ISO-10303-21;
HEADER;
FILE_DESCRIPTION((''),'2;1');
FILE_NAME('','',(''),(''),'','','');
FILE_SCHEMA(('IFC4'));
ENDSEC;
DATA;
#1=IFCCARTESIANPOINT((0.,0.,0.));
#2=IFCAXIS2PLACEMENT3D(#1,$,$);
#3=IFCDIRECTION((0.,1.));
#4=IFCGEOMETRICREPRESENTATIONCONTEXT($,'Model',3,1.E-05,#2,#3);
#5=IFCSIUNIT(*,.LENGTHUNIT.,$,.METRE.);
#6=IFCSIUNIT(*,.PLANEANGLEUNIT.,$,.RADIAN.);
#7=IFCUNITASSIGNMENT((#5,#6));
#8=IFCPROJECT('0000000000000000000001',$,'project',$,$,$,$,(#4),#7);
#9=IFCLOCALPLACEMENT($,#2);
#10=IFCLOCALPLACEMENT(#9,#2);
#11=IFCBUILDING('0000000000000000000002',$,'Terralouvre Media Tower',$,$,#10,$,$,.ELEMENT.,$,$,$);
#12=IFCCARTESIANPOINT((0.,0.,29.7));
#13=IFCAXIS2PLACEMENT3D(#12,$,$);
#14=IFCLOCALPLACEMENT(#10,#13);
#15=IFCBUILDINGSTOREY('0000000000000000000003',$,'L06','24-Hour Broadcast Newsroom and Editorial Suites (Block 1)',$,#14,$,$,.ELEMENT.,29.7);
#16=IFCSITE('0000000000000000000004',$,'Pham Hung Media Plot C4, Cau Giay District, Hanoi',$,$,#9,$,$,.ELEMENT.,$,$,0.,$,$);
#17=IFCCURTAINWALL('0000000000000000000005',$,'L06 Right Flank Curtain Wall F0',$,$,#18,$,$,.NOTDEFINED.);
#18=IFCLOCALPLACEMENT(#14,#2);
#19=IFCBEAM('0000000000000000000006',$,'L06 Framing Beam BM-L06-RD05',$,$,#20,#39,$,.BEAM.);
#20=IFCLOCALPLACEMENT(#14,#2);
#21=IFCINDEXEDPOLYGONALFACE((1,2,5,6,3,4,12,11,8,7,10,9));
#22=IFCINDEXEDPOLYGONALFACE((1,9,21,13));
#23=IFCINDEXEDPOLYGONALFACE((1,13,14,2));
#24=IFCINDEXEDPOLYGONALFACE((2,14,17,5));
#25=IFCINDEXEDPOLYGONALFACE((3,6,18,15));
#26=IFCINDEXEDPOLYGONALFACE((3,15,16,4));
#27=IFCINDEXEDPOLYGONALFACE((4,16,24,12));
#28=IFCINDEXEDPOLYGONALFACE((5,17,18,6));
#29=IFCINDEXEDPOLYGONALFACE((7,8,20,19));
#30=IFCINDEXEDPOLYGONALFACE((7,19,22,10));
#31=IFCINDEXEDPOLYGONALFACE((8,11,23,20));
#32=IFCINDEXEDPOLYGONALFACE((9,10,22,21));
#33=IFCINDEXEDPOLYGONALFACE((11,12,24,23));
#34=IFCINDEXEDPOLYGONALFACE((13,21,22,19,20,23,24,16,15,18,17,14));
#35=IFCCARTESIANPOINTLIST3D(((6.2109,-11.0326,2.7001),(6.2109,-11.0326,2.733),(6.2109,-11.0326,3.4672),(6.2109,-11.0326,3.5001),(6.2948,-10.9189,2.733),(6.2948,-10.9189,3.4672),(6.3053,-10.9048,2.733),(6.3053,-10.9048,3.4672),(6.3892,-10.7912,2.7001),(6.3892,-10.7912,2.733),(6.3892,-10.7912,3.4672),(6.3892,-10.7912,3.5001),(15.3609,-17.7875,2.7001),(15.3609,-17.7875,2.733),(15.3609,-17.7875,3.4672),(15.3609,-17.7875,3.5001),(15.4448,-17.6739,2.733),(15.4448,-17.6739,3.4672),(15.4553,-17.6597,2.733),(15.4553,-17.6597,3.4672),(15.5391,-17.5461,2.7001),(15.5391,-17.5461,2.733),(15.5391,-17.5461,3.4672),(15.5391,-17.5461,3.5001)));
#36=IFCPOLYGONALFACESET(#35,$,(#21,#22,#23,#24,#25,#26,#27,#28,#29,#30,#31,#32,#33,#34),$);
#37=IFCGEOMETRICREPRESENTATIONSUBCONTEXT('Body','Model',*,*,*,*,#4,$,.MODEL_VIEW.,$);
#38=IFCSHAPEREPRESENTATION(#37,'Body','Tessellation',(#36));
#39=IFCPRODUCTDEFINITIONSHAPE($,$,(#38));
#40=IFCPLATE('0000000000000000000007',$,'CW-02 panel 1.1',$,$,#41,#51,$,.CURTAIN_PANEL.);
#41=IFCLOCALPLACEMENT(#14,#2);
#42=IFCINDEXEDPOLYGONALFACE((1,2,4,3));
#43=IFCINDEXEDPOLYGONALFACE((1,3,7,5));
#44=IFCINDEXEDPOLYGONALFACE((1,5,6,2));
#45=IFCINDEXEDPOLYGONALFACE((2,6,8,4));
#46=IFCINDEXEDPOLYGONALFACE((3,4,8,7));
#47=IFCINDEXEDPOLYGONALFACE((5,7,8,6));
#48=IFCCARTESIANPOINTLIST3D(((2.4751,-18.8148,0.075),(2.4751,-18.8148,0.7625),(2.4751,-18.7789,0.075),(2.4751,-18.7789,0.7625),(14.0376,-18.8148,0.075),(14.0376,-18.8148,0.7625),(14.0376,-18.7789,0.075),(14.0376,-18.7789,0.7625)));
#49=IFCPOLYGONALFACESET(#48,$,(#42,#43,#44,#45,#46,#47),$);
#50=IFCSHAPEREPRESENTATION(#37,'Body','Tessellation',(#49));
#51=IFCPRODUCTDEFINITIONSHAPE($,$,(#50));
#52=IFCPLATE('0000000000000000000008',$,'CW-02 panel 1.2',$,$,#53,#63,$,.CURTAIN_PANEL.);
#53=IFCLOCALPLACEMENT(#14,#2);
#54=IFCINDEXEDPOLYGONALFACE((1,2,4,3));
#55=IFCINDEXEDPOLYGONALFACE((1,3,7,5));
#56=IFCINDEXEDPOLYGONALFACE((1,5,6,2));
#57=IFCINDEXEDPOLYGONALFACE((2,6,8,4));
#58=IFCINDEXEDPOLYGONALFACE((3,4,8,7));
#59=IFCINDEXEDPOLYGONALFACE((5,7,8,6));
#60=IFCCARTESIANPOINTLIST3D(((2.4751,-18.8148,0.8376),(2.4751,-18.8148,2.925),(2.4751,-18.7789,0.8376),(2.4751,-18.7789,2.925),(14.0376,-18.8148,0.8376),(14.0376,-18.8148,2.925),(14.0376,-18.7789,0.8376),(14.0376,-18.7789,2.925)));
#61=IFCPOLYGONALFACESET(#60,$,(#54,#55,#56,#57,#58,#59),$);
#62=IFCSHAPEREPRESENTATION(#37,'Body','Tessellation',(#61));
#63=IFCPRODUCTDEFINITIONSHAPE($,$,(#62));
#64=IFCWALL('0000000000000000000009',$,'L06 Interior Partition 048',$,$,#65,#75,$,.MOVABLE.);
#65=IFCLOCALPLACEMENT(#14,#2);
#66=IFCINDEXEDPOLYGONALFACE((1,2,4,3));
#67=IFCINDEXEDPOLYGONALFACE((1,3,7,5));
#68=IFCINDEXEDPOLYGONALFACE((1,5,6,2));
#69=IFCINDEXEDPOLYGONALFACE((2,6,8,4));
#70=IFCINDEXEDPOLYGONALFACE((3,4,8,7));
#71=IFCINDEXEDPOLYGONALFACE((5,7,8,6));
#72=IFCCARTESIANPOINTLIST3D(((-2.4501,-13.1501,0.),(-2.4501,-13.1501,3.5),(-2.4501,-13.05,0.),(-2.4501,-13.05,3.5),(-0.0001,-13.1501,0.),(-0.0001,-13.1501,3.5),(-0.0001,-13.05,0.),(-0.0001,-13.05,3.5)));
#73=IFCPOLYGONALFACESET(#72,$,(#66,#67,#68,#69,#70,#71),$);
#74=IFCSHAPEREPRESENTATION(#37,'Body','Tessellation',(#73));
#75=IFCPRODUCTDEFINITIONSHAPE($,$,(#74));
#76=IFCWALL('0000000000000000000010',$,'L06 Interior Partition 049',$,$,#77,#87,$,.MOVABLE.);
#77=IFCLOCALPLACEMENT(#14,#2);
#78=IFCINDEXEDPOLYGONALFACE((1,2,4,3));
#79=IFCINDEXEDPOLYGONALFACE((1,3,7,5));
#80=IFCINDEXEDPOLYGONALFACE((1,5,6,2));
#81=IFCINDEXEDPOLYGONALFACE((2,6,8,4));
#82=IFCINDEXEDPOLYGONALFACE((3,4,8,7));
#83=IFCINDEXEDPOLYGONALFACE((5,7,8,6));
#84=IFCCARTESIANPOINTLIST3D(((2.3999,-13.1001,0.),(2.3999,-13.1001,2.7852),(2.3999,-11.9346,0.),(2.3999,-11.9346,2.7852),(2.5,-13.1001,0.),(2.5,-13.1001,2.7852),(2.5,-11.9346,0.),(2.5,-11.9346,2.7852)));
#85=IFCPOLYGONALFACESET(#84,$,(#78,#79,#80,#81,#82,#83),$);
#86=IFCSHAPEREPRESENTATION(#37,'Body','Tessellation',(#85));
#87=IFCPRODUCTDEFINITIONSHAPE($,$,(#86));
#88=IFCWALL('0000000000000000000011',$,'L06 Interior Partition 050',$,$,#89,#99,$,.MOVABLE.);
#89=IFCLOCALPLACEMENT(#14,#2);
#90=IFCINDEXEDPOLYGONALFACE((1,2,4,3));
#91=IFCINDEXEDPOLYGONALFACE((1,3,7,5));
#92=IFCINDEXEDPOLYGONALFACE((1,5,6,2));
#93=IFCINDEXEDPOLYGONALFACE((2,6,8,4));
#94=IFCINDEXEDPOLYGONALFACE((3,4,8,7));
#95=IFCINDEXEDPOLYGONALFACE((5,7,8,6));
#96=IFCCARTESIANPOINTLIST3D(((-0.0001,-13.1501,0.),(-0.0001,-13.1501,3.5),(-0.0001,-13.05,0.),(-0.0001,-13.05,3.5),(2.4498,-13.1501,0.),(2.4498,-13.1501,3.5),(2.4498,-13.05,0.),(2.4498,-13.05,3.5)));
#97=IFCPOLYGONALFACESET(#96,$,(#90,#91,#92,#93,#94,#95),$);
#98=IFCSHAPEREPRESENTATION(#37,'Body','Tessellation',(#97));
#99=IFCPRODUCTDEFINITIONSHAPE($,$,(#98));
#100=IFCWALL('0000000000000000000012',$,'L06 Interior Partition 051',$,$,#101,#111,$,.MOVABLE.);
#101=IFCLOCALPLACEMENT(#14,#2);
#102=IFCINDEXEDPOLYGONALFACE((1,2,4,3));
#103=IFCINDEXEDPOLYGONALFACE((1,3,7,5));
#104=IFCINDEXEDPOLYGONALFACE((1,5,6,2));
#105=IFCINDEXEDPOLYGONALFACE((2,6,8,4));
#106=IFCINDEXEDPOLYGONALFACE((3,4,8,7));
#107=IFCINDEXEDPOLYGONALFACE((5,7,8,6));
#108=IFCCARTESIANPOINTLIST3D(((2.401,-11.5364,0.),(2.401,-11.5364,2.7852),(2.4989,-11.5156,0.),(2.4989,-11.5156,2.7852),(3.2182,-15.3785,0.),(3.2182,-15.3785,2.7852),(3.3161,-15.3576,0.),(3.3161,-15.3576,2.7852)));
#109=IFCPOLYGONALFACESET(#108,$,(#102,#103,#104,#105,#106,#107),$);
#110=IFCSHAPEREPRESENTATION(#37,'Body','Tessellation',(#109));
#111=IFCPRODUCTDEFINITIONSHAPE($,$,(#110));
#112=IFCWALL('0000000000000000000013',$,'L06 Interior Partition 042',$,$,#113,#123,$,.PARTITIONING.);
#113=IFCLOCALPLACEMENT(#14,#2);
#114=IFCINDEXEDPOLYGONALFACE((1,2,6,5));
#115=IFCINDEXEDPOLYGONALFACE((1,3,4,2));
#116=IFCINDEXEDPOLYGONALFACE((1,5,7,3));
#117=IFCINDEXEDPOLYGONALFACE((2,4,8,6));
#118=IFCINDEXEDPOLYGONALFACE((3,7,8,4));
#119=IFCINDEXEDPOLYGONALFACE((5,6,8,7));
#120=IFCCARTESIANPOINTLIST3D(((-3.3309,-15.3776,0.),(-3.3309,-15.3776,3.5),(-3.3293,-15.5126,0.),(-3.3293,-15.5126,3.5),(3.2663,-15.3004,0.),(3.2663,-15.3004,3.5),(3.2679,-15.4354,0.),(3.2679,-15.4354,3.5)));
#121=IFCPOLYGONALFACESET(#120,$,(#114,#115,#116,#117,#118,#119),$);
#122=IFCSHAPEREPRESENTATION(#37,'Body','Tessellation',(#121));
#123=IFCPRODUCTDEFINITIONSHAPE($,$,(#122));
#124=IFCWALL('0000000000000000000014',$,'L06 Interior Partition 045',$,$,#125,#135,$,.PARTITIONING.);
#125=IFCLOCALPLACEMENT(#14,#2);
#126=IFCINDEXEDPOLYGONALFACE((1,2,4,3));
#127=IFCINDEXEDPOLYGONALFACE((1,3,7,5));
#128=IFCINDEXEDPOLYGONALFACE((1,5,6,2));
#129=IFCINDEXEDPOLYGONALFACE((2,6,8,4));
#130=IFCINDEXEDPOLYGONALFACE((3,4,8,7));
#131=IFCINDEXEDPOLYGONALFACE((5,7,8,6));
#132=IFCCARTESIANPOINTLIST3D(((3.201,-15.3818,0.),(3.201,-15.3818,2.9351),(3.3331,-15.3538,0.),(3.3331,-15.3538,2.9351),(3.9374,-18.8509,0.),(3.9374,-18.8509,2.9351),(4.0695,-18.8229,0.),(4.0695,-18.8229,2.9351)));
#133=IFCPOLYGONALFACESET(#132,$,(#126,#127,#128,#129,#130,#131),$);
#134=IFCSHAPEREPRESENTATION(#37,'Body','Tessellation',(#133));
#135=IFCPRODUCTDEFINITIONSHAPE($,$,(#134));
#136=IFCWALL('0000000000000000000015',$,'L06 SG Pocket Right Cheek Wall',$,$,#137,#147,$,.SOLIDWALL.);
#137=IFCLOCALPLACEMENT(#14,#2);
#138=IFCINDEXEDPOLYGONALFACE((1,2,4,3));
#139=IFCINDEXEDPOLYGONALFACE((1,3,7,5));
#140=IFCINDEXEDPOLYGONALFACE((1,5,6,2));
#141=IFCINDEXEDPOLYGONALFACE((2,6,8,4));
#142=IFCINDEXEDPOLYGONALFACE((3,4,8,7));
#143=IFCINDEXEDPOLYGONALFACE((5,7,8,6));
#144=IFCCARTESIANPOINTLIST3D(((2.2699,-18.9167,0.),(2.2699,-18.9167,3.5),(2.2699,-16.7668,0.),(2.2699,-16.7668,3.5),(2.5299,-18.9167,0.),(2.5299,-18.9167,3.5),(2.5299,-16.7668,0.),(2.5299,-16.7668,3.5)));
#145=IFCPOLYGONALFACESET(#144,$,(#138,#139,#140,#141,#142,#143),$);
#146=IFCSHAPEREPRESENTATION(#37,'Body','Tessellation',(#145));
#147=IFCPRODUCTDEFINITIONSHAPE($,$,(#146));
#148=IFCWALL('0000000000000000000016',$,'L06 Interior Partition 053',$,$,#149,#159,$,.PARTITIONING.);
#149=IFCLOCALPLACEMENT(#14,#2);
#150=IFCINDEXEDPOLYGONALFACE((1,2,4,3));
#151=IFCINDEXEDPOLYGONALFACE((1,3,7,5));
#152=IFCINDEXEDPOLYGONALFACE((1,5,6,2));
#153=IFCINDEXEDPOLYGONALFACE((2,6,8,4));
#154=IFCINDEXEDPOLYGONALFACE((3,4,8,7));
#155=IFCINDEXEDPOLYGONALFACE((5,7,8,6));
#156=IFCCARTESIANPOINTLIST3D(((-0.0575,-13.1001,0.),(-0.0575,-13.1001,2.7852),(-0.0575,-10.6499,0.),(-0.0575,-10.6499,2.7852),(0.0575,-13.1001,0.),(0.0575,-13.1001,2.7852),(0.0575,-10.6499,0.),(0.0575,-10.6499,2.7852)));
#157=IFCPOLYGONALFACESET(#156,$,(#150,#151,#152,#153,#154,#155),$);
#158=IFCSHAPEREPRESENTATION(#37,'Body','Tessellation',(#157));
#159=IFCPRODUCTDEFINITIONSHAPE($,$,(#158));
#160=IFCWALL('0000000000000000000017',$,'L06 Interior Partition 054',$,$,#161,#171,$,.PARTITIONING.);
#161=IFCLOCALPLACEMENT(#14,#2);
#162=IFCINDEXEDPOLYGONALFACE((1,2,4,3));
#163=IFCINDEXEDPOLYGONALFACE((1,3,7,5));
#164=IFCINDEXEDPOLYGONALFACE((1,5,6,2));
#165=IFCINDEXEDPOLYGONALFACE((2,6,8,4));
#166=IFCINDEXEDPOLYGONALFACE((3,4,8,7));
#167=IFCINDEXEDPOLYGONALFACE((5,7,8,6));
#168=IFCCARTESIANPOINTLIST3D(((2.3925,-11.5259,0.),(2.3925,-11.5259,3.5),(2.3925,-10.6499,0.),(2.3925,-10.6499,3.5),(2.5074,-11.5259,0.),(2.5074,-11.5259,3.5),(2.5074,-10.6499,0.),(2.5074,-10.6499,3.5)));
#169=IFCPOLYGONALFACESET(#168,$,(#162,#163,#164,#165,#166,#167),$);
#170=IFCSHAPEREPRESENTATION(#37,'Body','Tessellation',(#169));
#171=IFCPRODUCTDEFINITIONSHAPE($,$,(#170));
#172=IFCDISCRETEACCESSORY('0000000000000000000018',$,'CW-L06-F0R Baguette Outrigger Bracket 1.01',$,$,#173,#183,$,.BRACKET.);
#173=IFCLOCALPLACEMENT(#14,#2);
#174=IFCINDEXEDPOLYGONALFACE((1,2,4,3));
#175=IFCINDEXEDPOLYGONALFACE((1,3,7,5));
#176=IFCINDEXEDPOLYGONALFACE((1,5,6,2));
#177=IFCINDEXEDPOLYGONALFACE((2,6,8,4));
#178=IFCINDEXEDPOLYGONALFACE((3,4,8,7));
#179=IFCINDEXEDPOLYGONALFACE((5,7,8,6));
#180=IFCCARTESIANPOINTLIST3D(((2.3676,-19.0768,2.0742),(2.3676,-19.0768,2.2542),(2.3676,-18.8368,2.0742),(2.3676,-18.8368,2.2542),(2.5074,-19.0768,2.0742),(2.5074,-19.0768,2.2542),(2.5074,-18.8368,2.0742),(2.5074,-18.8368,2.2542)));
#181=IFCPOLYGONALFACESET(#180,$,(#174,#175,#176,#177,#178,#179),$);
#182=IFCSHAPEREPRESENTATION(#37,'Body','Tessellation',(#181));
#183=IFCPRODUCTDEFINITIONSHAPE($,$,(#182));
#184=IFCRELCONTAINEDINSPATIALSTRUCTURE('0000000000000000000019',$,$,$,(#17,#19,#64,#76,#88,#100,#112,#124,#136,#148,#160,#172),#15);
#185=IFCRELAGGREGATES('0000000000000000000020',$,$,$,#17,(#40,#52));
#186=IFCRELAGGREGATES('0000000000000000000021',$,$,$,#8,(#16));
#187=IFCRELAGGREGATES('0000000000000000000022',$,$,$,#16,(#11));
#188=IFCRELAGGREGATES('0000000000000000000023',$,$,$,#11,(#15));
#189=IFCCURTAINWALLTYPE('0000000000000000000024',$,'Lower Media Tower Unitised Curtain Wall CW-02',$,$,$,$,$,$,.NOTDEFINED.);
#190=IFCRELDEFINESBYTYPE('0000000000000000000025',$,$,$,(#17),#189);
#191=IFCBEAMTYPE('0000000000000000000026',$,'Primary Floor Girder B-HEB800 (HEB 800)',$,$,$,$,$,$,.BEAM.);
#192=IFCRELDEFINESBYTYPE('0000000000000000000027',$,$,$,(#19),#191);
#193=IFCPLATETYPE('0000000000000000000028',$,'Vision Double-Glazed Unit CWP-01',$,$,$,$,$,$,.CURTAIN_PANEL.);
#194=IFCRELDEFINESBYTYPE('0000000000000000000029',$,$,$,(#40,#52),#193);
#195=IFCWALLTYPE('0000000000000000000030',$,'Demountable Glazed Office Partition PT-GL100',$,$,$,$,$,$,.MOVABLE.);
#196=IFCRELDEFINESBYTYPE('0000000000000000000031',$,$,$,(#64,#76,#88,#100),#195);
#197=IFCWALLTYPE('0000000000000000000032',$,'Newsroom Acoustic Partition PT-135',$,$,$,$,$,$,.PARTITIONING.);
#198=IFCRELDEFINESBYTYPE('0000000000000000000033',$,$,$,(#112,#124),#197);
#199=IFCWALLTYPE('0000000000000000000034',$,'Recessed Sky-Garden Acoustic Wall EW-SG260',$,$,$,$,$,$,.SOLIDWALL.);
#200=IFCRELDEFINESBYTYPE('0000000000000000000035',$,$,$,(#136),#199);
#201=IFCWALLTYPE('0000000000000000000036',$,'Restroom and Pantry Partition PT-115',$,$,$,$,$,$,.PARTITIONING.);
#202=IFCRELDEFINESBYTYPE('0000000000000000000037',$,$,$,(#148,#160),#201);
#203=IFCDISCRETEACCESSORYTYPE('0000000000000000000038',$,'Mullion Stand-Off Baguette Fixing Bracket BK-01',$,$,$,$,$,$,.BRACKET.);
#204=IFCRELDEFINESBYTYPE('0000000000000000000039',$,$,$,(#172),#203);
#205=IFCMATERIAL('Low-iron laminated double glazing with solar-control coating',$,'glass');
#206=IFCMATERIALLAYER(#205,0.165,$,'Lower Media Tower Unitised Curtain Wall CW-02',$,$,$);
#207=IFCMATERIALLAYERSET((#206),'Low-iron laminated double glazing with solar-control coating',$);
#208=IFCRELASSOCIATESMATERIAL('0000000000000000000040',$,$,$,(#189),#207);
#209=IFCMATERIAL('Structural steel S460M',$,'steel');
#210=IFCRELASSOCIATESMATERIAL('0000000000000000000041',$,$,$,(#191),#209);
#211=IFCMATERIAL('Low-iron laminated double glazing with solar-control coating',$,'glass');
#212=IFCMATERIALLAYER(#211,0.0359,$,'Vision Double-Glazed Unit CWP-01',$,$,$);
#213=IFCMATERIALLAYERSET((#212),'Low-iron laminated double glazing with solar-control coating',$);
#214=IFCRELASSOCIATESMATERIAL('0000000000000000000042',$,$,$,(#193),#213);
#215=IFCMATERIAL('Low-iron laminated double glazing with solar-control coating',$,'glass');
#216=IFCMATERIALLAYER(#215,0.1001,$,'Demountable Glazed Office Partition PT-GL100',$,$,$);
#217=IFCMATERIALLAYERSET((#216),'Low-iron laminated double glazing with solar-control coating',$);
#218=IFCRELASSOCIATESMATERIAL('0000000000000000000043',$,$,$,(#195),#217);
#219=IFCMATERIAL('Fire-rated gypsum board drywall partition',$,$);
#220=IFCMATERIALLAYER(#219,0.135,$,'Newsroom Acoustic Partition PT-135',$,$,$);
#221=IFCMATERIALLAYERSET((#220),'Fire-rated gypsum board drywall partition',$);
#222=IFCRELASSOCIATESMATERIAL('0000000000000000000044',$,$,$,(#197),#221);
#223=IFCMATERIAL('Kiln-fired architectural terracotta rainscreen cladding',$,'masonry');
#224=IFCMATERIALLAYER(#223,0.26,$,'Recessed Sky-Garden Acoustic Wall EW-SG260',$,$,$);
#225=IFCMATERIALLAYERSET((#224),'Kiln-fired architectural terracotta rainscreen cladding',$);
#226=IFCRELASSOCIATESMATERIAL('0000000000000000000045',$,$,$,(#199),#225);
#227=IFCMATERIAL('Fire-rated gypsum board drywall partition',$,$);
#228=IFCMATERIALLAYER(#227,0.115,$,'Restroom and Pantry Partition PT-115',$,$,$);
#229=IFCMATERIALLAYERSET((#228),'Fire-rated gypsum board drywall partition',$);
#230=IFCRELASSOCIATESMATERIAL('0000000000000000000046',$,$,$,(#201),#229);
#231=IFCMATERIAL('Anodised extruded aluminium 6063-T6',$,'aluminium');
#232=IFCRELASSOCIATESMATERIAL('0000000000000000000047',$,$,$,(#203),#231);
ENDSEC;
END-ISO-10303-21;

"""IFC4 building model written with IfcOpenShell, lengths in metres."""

from ifc_helpers import new_model, si_unit, direction, frame, frame_2d, origin, origin_2d, place, context, subcontext, project, spatial, rectangle, i_section, extrude, material, layer, layer_set, material_profile, profile_set, type_object, element, aggregate, save


model = new_model("IFC4")

# Units and contexts
model_context = context("Model", 3, precision=1e-05, world=origin(), true_north=direction((0.0, 1.0)))
body_context = subcontext(model_context, "Body", "Model", "MODEL_VIEW")
ifc_project = project(units=[si_unit("LENGTHUNIT", "METRE"), si_unit("PLANEANGLEUNIT", "RADIAN")], contexts=[model_context])

# Site, building, storey
site_placement = place(None, origin())
site = spatial("IfcSite", under=ifc_project, at=site_placement, Name="Pham Hung Media Plot C4, Cau Giay District, Hanoi", CompositionType="ELEMENT", RefElevation=0.0)
building_placement = place(site_placement, origin())
building = spatial("IfcBuilding", under=site, at=building_placement, Name="Terralouvre Media Tower", CompositionType="ELEMENT")
storey_placement = place(building_placement, frame((0.0, 0.0, 29.7)))
storey = spatial("IfcBuildingStorey", under=building, at=storey_placement, Name="L06", Description="24-Hour Broadcast Newsroom and Editorial Suites (Block 1)", CompositionType="ELEMENT", Elevation=29.7)

# Curtain wall
ifc_material_1 = material(Name="Low-iron laminated double glazing with solar-control coating", Category="glass")
ifc_layer_1 = layer(ifc_material_1, 0.165, Name="Lower Media Tower Unitised Curtain Wall CW-02")
ifc_layer_set_1 = layer_set([ifc_layer_1], Name="Low-iron laminated double glazing with solar-control coating")
curtain_wall_type = type_object("IfcCurtainWallType", Name="Lower Media Tower Unitised Curtain Wall CW-02", PredefinedType="NOTDEFINED", material=ifc_layer_set_1)
curtain_wall_placement = place(storey_placement, origin())
curtain_wall = element("IfcCurtainWall", 1, at=curtain_wall_placement, inside=storey, type_object=curtain_wall_type, Name="L06 Right Flank Curtain Wall F0", PredefinedType="NOTDEFINED")

# Beam
ifc_material_2 = material(Name="Structural steel S460M", Category="steel")
ifc_material_profile_1 = material_profile(ifc_material_2, i_section(OverallWidth=0.3, OverallDepth=0.8, WebThickness=0.0176, FlangeThickness=0.033, at=origin_2d()), Name="HEB 800")
ifc_profile_set_1 = profile_set([ifc_material_profile_1], Name="Structural steel S460M")
beam_type_1 = type_object("IfcBeamType", Name="Primary Floor Girder B-HEB800 (HEB 800)", PredefinedType="BEAM", material=ifc_profile_set_1)
beam_1_placement = place(storey_placement, frame((6.3, -10.9119, 3.1001), z_axis=(0.804516, -0.593931, 0.0), x_axis=(0.593931, 0.804516, 0.0)))
element("IfcBeam", 2, at=beam_1_placement, inside=storey, type_object=beam_type_1, Name="L06 Framing Beam BM-L06-RD05", PredefinedType="BEAM", context=body_context, shape_type="SweptSolid", body=[
    extrude(i_section(OverallWidth=0.3, OverallDepth=0.8, WebThickness=0.0176, FlangeThickness=0.033, at=origin_2d()), origin(), (0.0, 0.0, 1.0), 11.3733),
])

# Plates
ifc_material_3 = material(Name="Low-iron laminated double glazing with solar-control coating", Category="glass")
ifc_layer_2 = layer(ifc_material_3, 0.0359, Name="Vision Double-Glazed Unit CWP-01")
ifc_layer_set_2 = layer_set([ifc_layer_2], Name="Low-iron laminated double glazing with solar-control coating")
plate_type = type_object("IfcPlateType", Name="Vision Double-Glazed Unit CWP-01", PredefinedType="CURTAIN_PANEL", material=ifc_layer_set_2)
plate_1_placement = place(storey_placement, frame((8.2563, -18.7969, 0.075), z_axis=(0.0, 0.0, 1.0), x_axis=(1.0, 0.0, 0.0)))
plate_1 = element("IfcPlate", 3, at=plate_1_placement, type_object=plate_type, Name="CW-02 panel 1.1", PredefinedType="CURTAIN_PANEL", context=body_context, shape_type="SweptSolid", body=[
    extrude(rectangle(XDim=11.5625, YDim=0.0359, at=origin_2d()), origin(), (0.0, 0.0, 1.0), 0.6875),
])
plate_2_placement = place(storey_placement, frame((8.2563, -18.7969, 0.8376), z_axis=(0.0, 0.0, 1.0), x_axis=(1.0, 0.0, 0.0)))
plate_2 = element("IfcPlate", 4, at=plate_2_placement, type_object=plate_type, Name="CW-02 panel 1.2", PredefinedType="CURTAIN_PANEL", context=body_context, shape_type="SweptSolid", body=[
    extrude(rectangle(XDim=11.5625, YDim=0.0359, at=origin_2d()), origin(), (0.0, 0.0, 1.0), 2.0874),
])
aggregate(curtain_wall, [plate_1, plate_2])

# Walls
ifc_material_4 = material(Name="Low-iron laminated double glazing with solar-control coating", Category="glass")
ifc_layer_3 = layer(ifc_material_4, 0.1001, Name="Demountable Glazed Office Partition PT-GL100")
ifc_layer_set_3 = layer_set([ifc_layer_3], Name="Low-iron laminated double glazing with solar-control coating")
wall_type_1 = type_object("IfcWallType", Name="Demountable Glazed Office Partition PT-GL100", PredefinedType="MOVABLE", material=ifc_layer_set_3)
wall_1_placement = place(storey_placement, frame((0.0, -13.1001, 0.0), z_axis=(0.0, 0.0, 1.0), x_axis=(-1.0, 0.0, 0.0)))
element("IfcWall", 5, at=wall_1_placement, inside=storey, type_object=wall_type_1, Name="L06 Interior Partition 048", PredefinedType="MOVABLE", context=body_context, shape_type="SweptSolid", body=[
    extrude(rectangle(XDim=2.45, YDim=0.1001, at=frame_2d((1.2251, 0.0))), origin(), (0.0, 0.0, 1.0), 3.5),
])
wall_2_placement = place(storey_placement, frame((2.45, -11.9346, 0.0), z_axis=(0.0, 0.0, 1.0), x_axis=(0.0, -1.0, 0.0)))
element("IfcWall", 6, at=wall_2_placement, inside=storey, type_object=wall_type_1, Name="L06 Interior Partition 049", PredefinedType="MOVABLE", context=body_context, shape_type="SweptSolid", body=[
    extrude(rectangle(XDim=1.1655, YDim=0.1001, at=frame_2d((0.5828, 0.0))), origin(), (0.0, 0.0, 1.0), 2.7852),
])
wall_3_placement = place(storey_placement, frame((2.45, -13.1001, 0.0), z_axis=(0.0, 0.0, 1.0), x_axis=(-1.0, 0.0, 0.0)))
element("IfcWall", 7, at=wall_3_placement, inside=storey, type_object=wall_type_1, Name="L06 Interior Partition 050", PredefinedType="MOVABLE", context=body_context, shape_type="SweptSolid", body=[
    extrude(rectangle(XDim=2.45, YDim=0.1001, at=frame_2d((1.2251, 0.0))), origin(), (0.0, 0.0, 1.0), 3.5),
])
wall_4_placement = place(storey_placement, frame((3.2671, -15.3679, 0.0), z_axis=(0.0, 0.0, 1.0), x_axis=(-0.20803, 0.978122, 0.0)))
element("IfcWall", 8, at=wall_4_placement, inside=storey, type_object=wall_type_1, Name="L06 Interior Partition 051", PredefinedType="MOVABLE", context=body_context, shape_type="SweptSolid", body=[
    extrude(rectangle(XDim=3.928, YDim=0.1001, at=frame_2d((1.9639, 0.0))), origin(), (0.0, 0.0, 1.0), 2.7852),
])
ifc_material_5 = material(Name="Fire-rated gypsum board drywall partition")
ifc_layer_4 = layer(ifc_material_5, 0.135, Name="Newsroom Acoustic Partition PT-135")
ifc_layer_set_4 = layer_set([ifc_layer_4], Name="Fire-rated gypsum board drywall partition")
wall_type_2 = type_object("IfcWallType", Name="Newsroom Acoustic Partition PT-135", PredefinedType="PARTITIONING", material=ifc_layer_set_4)
wall_5_placement = place(storey_placement, frame((3.2671, -15.3679, 0.0), z_axis=(0.0, 0.0, 1.0), x_axis=(-0.999932, -0.011693, 0.0)))
element("IfcWall", 9, at=wall_5_placement, inside=storey, type_object=wall_type_2, Name="L06 Interior Partition 042", PredefinedType="PARTITIONING", context=body_context, shape_type="SweptSolid", body=[
    extrude(rectangle(XDim=6.5977, YDim=0.135, at=frame_2d((3.2988, 0.0))), origin(), (0.0, 0.0, 1.0), 3.5),
])
wall_6_placement = place(storey_placement, frame((4.0034, -18.8369, 0.0), z_axis=(0.0, 0.0, 1.0), x_axis=(-0.207634, 0.978207, 0.0)))
element("IfcWall", 10, at=wall_6_placement, inside=storey, type_object=wall_type_2, Name="L06 Interior Partition 045", PredefinedType="PARTITIONING", context=body_context, shape_type="SweptSolid", body=[
    extrude(rectangle(XDim=3.5464, YDim=0.135, at=frame_2d((1.7732, 0.0))), origin(), (0.0, 0.0, 1.0), 2.9351),
])
ifc_material_6 = material(Name="Kiln-fired architectural terracotta rainscreen cladding", Category="masonry")
ifc_layer_5 = layer(ifc_material_6, 0.26, Name="Recessed Sky-Garden Acoustic Wall EW-SG260")
ifc_layer_set_5 = layer_set([ifc_layer_5], Name="Kiln-fired architectural terracotta rainscreen cladding")
wall_type_3 = type_object("IfcWallType", Name="Recessed Sky-Garden Acoustic Wall EW-SG260", PredefinedType="SOLIDWALL", material=ifc_layer_set_5)
wall_7_placement = place(storey_placement, frame((2.3999, -16.7668, 0.0), z_axis=(0.0, 0.0, 1.0), x_axis=(0.0, -1.0, 0.0)))
element("IfcWall", 11, at=wall_7_placement, inside=storey, type_object=wall_type_3, Name="L06 SG Pocket Right Cheek Wall", PredefinedType="SOLIDWALL", context=body_context, shape_type="SweptSolid", body=[
    extrude(rectangle(XDim=2.1499, YDim=0.26, at=frame_2d((1.075, 0.0))), origin(), (0.0, 0.0, 1.0), 3.5),
])
ifc_material_7 = material(Name="Fire-rated gypsum board drywall partition")
ifc_layer_6 = layer(ifc_material_7, 0.115, Name="Restroom and Pantry Partition PT-115")
ifc_layer_set_6 = layer_set([ifc_layer_6], Name="Fire-rated gypsum board drywall partition")
wall_type_4 = type_object("IfcWallType", Name="Restroom and Pantry Partition PT-115", PredefinedType="PARTITIONING", material=ifc_layer_set_6)
wall_8_placement = place(storey_placement, frame((0.0, -13.1001, 0.0), z_axis=(0.0, 0.0, 1.0), x_axis=(0.0, 1.0, 0.0)))
element("IfcWall", 12, at=wall_8_placement, inside=storey, type_object=wall_type_4, Name="L06 Interior Partition 053", PredefinedType="PARTITIONING", context=body_context, shape_type="SweptSolid", body=[
    extrude(rectangle(XDim=2.4502, YDim=0.115, at=frame_2d((1.2251, 0.0))), origin(), (0.0, 0.0, 1.0), 2.7852),
])
wall_9_placement = place(storey_placement, frame((2.45, -11.5259, 0.0), z_axis=(0.0, 0.0, 1.0), x_axis=(0.0, 1.0, 0.0)))
element("IfcWall", 13, at=wall_9_placement, inside=storey, type_object=wall_type_4, Name="L06 Interior Partition 054", PredefinedType="PARTITIONING", context=body_context, shape_type="SweptSolid", body=[
    extrude(rectangle(XDim=0.876, YDim=0.115, at=frame_2d((0.438, 0.0))), origin(), (0.0, 0.0, 1.0), 3.5),
])

# Discrete accessory
ifc_material_8 = material(Name="Anodised extruded aluminium 6063-T6", Category="aluminium")
discrete_accessory_type = type_object("IfcDiscreteAccessoryType", Name="Mullion Stand-Off Baguette Fixing Bracket BK-01", PredefinedType="BRACKET", material=ifc_material_8)
discrete_accessory_placement = place(storey_placement, frame((2.4375, -18.9568, 2.0742), z_axis=(0.0, 0.0, 1.0), x_axis=(1.0, 0.0, 0.0)))
element("IfcDiscreteAccessory", 14, at=discrete_accessory_placement, inside=storey, type_object=discrete_accessory_type, Name="CW-L06-F0R Baguette Outrigger Bracket 1.01", PredefinedType="BRACKET", context=body_context, shape_type="SweptSolid", body=[
    extrude(rectangle(XDim=0.1399, YDim=0.24, at=origin_2d()), origin(), (0.0, 0.0, 1.0), 0.1799),
])

save(model, "model.ifc")
